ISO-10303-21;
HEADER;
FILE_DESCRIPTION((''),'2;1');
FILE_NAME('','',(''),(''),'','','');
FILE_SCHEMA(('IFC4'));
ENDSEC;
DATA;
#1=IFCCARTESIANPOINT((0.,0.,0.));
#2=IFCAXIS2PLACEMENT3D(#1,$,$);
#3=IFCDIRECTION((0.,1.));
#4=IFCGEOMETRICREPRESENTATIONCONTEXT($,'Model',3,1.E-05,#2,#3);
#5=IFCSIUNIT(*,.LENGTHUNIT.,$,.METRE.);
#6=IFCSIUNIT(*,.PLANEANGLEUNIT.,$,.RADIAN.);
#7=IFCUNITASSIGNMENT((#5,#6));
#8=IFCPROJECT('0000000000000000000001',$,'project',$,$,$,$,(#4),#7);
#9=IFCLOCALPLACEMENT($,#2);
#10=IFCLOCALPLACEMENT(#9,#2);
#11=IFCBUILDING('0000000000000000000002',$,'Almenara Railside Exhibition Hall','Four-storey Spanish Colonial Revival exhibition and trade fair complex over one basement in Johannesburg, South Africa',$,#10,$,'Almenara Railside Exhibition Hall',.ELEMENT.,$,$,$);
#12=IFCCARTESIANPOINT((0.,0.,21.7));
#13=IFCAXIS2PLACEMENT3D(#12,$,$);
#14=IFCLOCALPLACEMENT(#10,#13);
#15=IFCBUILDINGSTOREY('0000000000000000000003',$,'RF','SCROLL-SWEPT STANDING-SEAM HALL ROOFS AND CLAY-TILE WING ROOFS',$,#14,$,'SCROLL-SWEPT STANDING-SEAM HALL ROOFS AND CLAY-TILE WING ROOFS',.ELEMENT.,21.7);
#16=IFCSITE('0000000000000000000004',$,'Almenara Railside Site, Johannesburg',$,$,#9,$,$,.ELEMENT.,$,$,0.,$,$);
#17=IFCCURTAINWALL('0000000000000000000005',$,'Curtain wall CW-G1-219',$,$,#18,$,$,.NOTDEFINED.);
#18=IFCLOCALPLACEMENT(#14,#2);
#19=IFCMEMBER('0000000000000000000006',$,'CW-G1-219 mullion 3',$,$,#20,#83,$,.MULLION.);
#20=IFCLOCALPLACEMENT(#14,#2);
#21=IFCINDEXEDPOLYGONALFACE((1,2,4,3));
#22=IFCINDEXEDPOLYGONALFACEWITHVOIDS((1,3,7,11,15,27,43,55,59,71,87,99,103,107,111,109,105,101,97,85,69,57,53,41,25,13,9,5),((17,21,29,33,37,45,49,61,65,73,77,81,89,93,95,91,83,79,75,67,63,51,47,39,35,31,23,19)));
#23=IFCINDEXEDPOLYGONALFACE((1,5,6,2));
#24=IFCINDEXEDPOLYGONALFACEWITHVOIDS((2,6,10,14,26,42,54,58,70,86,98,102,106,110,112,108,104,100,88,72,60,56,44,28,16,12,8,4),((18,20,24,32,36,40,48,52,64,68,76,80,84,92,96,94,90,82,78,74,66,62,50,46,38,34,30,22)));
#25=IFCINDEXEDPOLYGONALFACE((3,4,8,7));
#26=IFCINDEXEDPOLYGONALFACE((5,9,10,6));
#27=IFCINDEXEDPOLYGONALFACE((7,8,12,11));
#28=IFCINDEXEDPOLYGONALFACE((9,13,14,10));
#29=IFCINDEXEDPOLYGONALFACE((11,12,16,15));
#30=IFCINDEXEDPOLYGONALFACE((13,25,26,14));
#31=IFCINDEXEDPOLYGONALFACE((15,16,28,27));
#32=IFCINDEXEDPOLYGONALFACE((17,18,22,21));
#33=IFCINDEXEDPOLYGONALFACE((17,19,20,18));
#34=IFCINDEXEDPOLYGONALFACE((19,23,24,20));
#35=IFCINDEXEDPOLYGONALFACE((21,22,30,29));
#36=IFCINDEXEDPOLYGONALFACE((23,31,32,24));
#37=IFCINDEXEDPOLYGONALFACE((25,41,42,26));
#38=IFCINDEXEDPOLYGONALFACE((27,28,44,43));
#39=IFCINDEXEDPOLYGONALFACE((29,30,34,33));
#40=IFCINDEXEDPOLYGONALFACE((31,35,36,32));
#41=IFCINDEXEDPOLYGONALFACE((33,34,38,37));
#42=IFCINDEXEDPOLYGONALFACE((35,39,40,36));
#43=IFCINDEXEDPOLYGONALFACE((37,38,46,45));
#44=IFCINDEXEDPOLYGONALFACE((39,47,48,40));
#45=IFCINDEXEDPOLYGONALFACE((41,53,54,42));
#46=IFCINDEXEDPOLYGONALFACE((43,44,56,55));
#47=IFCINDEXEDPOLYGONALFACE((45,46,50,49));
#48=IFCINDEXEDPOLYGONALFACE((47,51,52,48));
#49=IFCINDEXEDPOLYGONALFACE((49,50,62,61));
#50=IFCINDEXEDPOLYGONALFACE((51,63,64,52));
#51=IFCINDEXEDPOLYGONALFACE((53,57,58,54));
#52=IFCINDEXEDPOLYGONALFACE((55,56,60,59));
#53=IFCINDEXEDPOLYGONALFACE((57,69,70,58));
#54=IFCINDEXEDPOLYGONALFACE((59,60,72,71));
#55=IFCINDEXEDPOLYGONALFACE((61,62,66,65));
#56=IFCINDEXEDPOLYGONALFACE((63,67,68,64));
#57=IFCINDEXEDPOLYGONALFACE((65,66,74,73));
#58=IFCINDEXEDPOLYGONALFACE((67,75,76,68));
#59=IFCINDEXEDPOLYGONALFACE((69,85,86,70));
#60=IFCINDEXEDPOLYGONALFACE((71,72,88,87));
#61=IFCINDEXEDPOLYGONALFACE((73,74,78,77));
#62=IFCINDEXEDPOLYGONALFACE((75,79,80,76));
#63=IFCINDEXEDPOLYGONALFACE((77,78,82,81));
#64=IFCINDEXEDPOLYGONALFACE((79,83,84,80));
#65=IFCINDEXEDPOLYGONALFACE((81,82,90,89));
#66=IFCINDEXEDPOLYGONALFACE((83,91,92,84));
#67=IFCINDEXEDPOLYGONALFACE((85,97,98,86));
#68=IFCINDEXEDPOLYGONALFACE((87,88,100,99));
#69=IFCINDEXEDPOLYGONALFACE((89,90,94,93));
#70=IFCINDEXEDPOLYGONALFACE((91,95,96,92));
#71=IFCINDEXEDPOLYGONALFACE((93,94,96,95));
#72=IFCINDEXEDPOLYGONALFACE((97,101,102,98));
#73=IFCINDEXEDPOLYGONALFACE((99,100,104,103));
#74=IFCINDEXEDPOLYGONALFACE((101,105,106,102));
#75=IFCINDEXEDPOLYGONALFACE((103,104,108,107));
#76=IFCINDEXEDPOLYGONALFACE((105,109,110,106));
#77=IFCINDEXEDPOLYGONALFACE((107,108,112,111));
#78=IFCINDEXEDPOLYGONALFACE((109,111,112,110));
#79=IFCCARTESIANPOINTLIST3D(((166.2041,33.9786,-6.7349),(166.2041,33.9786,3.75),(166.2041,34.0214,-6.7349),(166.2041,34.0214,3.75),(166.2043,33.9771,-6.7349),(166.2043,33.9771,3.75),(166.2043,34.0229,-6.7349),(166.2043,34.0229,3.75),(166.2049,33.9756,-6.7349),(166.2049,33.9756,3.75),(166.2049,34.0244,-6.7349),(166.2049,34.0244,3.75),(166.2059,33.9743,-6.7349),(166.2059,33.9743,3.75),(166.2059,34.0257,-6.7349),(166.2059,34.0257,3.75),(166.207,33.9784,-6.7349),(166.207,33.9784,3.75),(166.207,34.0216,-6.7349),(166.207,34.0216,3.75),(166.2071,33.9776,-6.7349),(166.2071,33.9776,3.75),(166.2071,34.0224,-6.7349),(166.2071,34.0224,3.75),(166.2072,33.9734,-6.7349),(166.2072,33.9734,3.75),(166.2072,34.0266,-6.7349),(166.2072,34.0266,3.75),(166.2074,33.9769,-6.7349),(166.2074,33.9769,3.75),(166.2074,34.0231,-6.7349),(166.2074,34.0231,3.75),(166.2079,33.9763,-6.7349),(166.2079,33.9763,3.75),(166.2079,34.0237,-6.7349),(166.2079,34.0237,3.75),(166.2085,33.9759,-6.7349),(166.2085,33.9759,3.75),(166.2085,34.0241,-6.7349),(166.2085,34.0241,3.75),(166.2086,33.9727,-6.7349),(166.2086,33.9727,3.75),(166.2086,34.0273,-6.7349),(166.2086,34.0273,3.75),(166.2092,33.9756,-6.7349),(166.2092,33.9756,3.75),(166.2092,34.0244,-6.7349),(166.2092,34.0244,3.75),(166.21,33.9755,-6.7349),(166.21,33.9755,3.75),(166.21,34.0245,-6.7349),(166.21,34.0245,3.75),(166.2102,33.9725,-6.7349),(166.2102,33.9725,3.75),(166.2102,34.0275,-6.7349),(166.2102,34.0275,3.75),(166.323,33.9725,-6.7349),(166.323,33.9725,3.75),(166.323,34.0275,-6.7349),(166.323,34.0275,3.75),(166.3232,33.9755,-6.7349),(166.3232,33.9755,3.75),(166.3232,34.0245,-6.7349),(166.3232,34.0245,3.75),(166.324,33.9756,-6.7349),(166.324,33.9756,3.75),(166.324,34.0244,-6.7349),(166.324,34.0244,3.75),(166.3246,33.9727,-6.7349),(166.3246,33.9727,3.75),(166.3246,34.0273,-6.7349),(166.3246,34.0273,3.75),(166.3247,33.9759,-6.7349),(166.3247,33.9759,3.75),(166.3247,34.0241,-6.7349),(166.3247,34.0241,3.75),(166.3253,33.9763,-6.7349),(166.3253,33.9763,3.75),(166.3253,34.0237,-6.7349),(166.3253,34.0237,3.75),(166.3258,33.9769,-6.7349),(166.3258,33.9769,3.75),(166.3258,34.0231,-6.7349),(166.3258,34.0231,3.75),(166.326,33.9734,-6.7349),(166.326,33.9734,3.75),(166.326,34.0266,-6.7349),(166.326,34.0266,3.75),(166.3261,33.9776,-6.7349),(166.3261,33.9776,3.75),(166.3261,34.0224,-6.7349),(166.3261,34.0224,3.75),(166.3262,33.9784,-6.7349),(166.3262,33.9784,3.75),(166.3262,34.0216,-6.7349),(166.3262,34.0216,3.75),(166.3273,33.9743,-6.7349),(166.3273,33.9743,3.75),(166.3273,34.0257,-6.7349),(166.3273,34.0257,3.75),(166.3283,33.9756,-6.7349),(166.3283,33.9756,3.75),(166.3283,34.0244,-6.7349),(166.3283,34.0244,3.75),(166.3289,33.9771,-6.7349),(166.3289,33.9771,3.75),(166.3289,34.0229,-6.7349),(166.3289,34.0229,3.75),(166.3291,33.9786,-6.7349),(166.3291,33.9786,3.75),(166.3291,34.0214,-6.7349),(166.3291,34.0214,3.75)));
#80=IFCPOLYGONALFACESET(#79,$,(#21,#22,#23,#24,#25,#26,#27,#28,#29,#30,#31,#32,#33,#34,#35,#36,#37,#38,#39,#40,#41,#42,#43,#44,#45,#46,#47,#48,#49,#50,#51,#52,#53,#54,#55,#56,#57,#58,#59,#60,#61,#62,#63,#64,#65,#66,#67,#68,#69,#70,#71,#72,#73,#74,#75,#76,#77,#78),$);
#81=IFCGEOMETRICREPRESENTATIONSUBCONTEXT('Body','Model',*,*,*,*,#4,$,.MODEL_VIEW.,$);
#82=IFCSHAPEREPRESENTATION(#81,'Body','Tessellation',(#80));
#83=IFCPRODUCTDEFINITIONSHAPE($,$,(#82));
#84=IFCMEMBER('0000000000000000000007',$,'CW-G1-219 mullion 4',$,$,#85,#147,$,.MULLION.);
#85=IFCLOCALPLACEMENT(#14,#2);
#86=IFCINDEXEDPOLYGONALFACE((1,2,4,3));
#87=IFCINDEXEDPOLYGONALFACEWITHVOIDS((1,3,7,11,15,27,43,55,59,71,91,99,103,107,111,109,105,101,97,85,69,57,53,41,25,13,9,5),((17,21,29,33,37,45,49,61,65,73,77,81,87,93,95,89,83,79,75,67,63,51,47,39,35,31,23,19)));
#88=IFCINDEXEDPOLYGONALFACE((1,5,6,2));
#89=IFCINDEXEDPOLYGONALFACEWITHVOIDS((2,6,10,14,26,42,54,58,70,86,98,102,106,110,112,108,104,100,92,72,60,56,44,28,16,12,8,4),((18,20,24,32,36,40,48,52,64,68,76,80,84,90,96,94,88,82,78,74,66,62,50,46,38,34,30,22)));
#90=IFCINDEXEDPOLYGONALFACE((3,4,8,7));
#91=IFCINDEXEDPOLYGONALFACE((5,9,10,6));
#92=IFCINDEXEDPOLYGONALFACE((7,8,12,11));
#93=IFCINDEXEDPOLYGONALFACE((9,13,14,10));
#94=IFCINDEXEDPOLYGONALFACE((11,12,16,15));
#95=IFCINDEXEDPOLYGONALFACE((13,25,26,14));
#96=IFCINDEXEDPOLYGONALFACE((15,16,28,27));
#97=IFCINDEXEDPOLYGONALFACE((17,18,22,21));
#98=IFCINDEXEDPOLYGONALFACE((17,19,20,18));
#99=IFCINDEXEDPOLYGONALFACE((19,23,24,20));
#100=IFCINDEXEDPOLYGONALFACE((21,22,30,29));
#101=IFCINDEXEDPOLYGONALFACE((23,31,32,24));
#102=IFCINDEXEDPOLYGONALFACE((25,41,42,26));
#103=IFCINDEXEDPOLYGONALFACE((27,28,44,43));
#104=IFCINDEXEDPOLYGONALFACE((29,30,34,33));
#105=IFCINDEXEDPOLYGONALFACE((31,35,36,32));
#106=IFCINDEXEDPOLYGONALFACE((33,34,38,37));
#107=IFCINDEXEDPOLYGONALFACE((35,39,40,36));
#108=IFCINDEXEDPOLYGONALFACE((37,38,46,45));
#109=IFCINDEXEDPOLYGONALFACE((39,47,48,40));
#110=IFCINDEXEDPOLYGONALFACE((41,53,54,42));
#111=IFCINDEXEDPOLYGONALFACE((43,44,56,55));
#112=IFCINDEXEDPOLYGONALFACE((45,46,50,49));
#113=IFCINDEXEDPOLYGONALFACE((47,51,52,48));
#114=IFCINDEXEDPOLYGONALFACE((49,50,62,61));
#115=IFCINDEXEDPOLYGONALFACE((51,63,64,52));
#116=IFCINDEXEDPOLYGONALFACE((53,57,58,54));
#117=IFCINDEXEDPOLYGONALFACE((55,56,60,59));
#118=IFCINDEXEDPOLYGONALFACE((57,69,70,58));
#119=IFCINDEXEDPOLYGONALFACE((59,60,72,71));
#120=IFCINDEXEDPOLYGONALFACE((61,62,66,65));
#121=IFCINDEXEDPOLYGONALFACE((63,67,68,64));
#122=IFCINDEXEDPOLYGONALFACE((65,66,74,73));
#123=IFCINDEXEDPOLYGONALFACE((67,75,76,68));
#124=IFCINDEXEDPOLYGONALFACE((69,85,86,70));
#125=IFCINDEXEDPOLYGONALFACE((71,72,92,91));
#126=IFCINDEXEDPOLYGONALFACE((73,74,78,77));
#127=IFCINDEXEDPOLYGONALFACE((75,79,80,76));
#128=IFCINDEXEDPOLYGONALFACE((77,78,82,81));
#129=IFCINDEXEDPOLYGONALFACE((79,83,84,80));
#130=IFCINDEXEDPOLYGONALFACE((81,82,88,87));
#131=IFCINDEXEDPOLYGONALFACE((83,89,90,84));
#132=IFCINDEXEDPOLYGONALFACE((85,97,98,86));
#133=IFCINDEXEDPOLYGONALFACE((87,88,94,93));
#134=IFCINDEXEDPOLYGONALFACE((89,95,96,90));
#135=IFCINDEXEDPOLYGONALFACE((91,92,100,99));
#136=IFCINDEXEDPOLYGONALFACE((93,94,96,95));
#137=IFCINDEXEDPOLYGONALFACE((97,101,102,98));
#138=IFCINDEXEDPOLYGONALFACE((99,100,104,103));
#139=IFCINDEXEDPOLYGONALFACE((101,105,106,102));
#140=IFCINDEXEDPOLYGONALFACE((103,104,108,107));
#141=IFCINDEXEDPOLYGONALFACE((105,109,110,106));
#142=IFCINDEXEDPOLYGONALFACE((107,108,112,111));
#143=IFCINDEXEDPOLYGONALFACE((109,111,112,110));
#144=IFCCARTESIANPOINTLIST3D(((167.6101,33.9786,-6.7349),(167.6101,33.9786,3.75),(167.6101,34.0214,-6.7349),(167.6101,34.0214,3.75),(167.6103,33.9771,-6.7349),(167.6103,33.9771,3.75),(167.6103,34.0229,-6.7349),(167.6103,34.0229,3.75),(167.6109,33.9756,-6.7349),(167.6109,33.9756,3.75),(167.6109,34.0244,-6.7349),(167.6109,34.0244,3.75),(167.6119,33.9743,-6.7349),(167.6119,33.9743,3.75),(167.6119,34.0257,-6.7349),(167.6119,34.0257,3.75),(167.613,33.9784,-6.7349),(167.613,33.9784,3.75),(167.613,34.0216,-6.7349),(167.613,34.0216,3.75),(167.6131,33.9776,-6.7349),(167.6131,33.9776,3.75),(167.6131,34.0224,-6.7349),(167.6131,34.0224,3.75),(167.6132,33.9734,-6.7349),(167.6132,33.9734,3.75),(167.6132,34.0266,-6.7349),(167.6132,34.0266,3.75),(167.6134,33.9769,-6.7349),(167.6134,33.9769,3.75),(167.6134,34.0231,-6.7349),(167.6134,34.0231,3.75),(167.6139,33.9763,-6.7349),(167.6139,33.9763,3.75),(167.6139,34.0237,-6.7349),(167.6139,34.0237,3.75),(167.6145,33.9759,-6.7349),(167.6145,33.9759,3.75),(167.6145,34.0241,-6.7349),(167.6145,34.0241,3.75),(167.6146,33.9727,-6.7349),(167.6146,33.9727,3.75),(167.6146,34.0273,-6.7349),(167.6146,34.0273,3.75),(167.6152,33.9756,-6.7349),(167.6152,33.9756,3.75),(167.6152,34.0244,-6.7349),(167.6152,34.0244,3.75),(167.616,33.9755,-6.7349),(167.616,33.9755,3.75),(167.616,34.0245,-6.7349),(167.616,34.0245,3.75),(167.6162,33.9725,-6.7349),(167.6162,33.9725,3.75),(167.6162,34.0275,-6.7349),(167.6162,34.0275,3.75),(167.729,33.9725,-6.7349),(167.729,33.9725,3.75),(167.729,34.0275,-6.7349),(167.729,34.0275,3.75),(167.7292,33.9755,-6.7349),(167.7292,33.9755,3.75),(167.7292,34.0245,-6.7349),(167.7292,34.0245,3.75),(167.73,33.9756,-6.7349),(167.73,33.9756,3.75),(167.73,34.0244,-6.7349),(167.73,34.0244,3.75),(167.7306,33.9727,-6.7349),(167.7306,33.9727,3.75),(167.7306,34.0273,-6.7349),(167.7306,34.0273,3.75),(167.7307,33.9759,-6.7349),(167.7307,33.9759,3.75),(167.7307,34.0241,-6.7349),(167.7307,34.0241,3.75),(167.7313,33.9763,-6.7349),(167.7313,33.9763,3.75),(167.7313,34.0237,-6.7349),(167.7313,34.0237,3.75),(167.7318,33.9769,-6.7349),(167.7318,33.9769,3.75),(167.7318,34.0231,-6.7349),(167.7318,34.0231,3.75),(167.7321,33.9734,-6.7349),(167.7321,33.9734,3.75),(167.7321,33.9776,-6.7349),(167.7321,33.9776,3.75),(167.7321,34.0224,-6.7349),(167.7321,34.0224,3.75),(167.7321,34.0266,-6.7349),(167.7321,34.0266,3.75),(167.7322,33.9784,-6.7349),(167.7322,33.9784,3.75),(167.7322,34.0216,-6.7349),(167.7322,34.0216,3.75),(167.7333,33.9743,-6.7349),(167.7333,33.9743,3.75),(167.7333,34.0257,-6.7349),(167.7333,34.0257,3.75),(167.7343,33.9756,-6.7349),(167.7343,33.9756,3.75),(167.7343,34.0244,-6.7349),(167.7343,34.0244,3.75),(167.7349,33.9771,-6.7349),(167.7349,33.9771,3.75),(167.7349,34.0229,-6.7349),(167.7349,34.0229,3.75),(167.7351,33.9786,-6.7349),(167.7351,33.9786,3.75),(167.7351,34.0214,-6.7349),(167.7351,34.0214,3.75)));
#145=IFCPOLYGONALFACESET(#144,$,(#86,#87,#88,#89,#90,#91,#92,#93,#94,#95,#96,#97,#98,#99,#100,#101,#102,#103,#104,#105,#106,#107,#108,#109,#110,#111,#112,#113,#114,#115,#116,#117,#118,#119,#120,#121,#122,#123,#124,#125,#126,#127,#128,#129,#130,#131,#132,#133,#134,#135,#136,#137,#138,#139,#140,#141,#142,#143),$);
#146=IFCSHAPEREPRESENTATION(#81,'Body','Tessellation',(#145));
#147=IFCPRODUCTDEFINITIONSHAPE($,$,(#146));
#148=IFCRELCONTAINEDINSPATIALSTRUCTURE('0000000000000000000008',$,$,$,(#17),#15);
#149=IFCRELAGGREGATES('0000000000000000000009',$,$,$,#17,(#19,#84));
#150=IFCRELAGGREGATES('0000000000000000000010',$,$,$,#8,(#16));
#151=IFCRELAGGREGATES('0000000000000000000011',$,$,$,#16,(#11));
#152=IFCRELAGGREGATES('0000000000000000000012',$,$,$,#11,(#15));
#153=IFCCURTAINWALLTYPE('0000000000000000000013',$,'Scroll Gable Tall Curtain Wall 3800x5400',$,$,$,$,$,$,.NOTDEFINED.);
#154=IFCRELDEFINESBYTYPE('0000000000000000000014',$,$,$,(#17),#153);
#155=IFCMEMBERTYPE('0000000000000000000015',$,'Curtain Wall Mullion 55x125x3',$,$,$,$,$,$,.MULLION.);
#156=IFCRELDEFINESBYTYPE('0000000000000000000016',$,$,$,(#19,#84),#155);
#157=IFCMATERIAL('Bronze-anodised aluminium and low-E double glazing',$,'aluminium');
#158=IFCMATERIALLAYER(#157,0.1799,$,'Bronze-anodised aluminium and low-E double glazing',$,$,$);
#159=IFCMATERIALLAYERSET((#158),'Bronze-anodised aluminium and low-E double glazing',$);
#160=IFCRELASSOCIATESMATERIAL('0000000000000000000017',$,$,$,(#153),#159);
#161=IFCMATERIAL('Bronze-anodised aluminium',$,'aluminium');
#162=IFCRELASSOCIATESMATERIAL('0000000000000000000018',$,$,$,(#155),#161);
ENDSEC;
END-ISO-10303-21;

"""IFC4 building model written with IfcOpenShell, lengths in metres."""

from ifc_helpers import new_model, si_unit, direction, frame, origin, origin_2d, place, context, subcontext, project, spatial, hollow_rectangle, extrude, material, layer, layer_set, material_profile, profile_set, type_object, element, aggregate, save


model = new_model("IFC4")

# Units and contexts
model_context = context("Model", 3, precision=1e-05, world=origin(), true_north=direction((0.0, 1.0)))
body_context = subcontext(model_context, "Body", "Model", "MODEL_VIEW")
ifc_project = project(units=[si_unit("LENGTHUNIT", "METRE"), si_unit("PLANEANGLEUNIT", "RADIAN")], contexts=[model_context])

# Site, building, storey
site_placement = place(None, origin())
site = spatial("IfcSite", under=ifc_project, at=site_placement, Name="Almenara Railside Site, Johannesburg", CompositionType="ELEMENT", RefElevation=0.0)
building_placement = place(site_placement, origin())
building = spatial("IfcBuilding", under=site, at=building_placement, Name="Almenara Railside Exhibition Hall", Description="Four-storey Spanish Colonial Revival exhibition and trade fair complex over one basement in Johannesburg, South Africa", LongName="Almenara Railside Exhibition Hall", CompositionType="ELEMENT")
storey_placement = place(building_placement, frame((0.0, 0.0, 21.7)))
storey = spatial("IfcBuildingStorey", under=building, at=storey_placement, Name="RF", Description="SCROLL-SWEPT STANDING-SEAM HALL ROOFS AND CLAY-TILE WING ROOFS", LongName="SCROLL-SWEPT STANDING-SEAM HALL ROOFS AND CLAY-TILE WING ROOFS", CompositionType="ELEMENT", Elevation=21.7)

# Curtain wall, members
ifc_material_1 = material(Name="Bronze-anodised aluminium and low-E double glazing", Category="aluminium")
ifc_layer_1 = layer(ifc_material_1, 0.1799, Name="Bronze-anodised aluminium and low-E double glazing")
ifc_layer_set_1 = layer_set([ifc_layer_1], Name="Bronze-anodised aluminium and low-E double glazing")
curtain_wall_type = type_object("IfcCurtainWallType", Name="Scroll Gable Tall Curtain Wall 3800x5400", PredefinedType="NOTDEFINED", material=ifc_layer_set_1)
curtain_wall_1_placement = place(storey_placement, origin())
curtain_wall_1 = element("IfcCurtainWall", 1, at=curtain_wall_1_placement, inside=storey, type_object=curtain_wall_type, Name="Curtain wall CW-G1-219", PredefinedType="NOTDEFINED")
ifc_material_2 = material(Name="Bronze-anodised aluminium", Category="aluminium")
ifc_material_profile_1 = material_profile(ifc_material_2, hollow_rectangle(XDim=0.0549, YDim=0.125, WallThickness=0.0029, InnerFilletRadius=0.0029, OuterFilletRadius=0.0061, at=origin_2d()), Name="ALU-MUL 55x125x3")
ifc_profile_set_1 = profile_set([ifc_material_profile_1], Name="Bronze-anodised aluminium")
member_type_1 = type_object("IfcMemberType", Name="Curtain Wall Mullion 55x125x3", PredefinedType="MULLION", material=ifc_profile_set_1)
member_1_placement = place(storey_placement, frame((166.2666, 34.0, -6.7349), z_axis=(0.0, 0.0, 1.0), x_axis=(0.0, 1.0, 0.0)))
member_1 = element("IfcMember", 2, at=member_1_placement, type_object=member_type_1, Name="CW-G1-219 mullion 3", PredefinedType="MULLION", context=body_context, shape_type="SweptSolid", body=[
    extrude(hollow_rectangle(XDim=0.0549, YDim=0.125, WallThickness=0.0029, InnerFilletRadius=0.0029, OuterFilletRadius=0.0061, at=origin_2d()), origin(), (0.0, 0.0, 1.0), 10.4849),
])
member_2_placement = place(storey_placement, frame((167.6726, 34.0, -6.7349), z_axis=(0.0, 0.0, 1.0), x_axis=(0.0, 1.0, 0.0)))
member_2 = element("IfcMember", 3, at=member_2_placement, type_object=member_type_1, Name="CW-G1-219 mullion 4", PredefinedType="MULLION", context=body_context, shape_type="SweptSolid", body=[
    extrude(hollow_rectangle(XDim=0.0549, YDim=0.125, WallThickness=0.0029, InnerFilletRadius=0.0029, OuterFilletRadius=0.0061, at=origin_2d()), origin(), (0.0, 0.0, 1.0), 10.4849),
])

aggregate(curtain_wall_1, [member_1, member_2])

save(model, "model.ifc")
